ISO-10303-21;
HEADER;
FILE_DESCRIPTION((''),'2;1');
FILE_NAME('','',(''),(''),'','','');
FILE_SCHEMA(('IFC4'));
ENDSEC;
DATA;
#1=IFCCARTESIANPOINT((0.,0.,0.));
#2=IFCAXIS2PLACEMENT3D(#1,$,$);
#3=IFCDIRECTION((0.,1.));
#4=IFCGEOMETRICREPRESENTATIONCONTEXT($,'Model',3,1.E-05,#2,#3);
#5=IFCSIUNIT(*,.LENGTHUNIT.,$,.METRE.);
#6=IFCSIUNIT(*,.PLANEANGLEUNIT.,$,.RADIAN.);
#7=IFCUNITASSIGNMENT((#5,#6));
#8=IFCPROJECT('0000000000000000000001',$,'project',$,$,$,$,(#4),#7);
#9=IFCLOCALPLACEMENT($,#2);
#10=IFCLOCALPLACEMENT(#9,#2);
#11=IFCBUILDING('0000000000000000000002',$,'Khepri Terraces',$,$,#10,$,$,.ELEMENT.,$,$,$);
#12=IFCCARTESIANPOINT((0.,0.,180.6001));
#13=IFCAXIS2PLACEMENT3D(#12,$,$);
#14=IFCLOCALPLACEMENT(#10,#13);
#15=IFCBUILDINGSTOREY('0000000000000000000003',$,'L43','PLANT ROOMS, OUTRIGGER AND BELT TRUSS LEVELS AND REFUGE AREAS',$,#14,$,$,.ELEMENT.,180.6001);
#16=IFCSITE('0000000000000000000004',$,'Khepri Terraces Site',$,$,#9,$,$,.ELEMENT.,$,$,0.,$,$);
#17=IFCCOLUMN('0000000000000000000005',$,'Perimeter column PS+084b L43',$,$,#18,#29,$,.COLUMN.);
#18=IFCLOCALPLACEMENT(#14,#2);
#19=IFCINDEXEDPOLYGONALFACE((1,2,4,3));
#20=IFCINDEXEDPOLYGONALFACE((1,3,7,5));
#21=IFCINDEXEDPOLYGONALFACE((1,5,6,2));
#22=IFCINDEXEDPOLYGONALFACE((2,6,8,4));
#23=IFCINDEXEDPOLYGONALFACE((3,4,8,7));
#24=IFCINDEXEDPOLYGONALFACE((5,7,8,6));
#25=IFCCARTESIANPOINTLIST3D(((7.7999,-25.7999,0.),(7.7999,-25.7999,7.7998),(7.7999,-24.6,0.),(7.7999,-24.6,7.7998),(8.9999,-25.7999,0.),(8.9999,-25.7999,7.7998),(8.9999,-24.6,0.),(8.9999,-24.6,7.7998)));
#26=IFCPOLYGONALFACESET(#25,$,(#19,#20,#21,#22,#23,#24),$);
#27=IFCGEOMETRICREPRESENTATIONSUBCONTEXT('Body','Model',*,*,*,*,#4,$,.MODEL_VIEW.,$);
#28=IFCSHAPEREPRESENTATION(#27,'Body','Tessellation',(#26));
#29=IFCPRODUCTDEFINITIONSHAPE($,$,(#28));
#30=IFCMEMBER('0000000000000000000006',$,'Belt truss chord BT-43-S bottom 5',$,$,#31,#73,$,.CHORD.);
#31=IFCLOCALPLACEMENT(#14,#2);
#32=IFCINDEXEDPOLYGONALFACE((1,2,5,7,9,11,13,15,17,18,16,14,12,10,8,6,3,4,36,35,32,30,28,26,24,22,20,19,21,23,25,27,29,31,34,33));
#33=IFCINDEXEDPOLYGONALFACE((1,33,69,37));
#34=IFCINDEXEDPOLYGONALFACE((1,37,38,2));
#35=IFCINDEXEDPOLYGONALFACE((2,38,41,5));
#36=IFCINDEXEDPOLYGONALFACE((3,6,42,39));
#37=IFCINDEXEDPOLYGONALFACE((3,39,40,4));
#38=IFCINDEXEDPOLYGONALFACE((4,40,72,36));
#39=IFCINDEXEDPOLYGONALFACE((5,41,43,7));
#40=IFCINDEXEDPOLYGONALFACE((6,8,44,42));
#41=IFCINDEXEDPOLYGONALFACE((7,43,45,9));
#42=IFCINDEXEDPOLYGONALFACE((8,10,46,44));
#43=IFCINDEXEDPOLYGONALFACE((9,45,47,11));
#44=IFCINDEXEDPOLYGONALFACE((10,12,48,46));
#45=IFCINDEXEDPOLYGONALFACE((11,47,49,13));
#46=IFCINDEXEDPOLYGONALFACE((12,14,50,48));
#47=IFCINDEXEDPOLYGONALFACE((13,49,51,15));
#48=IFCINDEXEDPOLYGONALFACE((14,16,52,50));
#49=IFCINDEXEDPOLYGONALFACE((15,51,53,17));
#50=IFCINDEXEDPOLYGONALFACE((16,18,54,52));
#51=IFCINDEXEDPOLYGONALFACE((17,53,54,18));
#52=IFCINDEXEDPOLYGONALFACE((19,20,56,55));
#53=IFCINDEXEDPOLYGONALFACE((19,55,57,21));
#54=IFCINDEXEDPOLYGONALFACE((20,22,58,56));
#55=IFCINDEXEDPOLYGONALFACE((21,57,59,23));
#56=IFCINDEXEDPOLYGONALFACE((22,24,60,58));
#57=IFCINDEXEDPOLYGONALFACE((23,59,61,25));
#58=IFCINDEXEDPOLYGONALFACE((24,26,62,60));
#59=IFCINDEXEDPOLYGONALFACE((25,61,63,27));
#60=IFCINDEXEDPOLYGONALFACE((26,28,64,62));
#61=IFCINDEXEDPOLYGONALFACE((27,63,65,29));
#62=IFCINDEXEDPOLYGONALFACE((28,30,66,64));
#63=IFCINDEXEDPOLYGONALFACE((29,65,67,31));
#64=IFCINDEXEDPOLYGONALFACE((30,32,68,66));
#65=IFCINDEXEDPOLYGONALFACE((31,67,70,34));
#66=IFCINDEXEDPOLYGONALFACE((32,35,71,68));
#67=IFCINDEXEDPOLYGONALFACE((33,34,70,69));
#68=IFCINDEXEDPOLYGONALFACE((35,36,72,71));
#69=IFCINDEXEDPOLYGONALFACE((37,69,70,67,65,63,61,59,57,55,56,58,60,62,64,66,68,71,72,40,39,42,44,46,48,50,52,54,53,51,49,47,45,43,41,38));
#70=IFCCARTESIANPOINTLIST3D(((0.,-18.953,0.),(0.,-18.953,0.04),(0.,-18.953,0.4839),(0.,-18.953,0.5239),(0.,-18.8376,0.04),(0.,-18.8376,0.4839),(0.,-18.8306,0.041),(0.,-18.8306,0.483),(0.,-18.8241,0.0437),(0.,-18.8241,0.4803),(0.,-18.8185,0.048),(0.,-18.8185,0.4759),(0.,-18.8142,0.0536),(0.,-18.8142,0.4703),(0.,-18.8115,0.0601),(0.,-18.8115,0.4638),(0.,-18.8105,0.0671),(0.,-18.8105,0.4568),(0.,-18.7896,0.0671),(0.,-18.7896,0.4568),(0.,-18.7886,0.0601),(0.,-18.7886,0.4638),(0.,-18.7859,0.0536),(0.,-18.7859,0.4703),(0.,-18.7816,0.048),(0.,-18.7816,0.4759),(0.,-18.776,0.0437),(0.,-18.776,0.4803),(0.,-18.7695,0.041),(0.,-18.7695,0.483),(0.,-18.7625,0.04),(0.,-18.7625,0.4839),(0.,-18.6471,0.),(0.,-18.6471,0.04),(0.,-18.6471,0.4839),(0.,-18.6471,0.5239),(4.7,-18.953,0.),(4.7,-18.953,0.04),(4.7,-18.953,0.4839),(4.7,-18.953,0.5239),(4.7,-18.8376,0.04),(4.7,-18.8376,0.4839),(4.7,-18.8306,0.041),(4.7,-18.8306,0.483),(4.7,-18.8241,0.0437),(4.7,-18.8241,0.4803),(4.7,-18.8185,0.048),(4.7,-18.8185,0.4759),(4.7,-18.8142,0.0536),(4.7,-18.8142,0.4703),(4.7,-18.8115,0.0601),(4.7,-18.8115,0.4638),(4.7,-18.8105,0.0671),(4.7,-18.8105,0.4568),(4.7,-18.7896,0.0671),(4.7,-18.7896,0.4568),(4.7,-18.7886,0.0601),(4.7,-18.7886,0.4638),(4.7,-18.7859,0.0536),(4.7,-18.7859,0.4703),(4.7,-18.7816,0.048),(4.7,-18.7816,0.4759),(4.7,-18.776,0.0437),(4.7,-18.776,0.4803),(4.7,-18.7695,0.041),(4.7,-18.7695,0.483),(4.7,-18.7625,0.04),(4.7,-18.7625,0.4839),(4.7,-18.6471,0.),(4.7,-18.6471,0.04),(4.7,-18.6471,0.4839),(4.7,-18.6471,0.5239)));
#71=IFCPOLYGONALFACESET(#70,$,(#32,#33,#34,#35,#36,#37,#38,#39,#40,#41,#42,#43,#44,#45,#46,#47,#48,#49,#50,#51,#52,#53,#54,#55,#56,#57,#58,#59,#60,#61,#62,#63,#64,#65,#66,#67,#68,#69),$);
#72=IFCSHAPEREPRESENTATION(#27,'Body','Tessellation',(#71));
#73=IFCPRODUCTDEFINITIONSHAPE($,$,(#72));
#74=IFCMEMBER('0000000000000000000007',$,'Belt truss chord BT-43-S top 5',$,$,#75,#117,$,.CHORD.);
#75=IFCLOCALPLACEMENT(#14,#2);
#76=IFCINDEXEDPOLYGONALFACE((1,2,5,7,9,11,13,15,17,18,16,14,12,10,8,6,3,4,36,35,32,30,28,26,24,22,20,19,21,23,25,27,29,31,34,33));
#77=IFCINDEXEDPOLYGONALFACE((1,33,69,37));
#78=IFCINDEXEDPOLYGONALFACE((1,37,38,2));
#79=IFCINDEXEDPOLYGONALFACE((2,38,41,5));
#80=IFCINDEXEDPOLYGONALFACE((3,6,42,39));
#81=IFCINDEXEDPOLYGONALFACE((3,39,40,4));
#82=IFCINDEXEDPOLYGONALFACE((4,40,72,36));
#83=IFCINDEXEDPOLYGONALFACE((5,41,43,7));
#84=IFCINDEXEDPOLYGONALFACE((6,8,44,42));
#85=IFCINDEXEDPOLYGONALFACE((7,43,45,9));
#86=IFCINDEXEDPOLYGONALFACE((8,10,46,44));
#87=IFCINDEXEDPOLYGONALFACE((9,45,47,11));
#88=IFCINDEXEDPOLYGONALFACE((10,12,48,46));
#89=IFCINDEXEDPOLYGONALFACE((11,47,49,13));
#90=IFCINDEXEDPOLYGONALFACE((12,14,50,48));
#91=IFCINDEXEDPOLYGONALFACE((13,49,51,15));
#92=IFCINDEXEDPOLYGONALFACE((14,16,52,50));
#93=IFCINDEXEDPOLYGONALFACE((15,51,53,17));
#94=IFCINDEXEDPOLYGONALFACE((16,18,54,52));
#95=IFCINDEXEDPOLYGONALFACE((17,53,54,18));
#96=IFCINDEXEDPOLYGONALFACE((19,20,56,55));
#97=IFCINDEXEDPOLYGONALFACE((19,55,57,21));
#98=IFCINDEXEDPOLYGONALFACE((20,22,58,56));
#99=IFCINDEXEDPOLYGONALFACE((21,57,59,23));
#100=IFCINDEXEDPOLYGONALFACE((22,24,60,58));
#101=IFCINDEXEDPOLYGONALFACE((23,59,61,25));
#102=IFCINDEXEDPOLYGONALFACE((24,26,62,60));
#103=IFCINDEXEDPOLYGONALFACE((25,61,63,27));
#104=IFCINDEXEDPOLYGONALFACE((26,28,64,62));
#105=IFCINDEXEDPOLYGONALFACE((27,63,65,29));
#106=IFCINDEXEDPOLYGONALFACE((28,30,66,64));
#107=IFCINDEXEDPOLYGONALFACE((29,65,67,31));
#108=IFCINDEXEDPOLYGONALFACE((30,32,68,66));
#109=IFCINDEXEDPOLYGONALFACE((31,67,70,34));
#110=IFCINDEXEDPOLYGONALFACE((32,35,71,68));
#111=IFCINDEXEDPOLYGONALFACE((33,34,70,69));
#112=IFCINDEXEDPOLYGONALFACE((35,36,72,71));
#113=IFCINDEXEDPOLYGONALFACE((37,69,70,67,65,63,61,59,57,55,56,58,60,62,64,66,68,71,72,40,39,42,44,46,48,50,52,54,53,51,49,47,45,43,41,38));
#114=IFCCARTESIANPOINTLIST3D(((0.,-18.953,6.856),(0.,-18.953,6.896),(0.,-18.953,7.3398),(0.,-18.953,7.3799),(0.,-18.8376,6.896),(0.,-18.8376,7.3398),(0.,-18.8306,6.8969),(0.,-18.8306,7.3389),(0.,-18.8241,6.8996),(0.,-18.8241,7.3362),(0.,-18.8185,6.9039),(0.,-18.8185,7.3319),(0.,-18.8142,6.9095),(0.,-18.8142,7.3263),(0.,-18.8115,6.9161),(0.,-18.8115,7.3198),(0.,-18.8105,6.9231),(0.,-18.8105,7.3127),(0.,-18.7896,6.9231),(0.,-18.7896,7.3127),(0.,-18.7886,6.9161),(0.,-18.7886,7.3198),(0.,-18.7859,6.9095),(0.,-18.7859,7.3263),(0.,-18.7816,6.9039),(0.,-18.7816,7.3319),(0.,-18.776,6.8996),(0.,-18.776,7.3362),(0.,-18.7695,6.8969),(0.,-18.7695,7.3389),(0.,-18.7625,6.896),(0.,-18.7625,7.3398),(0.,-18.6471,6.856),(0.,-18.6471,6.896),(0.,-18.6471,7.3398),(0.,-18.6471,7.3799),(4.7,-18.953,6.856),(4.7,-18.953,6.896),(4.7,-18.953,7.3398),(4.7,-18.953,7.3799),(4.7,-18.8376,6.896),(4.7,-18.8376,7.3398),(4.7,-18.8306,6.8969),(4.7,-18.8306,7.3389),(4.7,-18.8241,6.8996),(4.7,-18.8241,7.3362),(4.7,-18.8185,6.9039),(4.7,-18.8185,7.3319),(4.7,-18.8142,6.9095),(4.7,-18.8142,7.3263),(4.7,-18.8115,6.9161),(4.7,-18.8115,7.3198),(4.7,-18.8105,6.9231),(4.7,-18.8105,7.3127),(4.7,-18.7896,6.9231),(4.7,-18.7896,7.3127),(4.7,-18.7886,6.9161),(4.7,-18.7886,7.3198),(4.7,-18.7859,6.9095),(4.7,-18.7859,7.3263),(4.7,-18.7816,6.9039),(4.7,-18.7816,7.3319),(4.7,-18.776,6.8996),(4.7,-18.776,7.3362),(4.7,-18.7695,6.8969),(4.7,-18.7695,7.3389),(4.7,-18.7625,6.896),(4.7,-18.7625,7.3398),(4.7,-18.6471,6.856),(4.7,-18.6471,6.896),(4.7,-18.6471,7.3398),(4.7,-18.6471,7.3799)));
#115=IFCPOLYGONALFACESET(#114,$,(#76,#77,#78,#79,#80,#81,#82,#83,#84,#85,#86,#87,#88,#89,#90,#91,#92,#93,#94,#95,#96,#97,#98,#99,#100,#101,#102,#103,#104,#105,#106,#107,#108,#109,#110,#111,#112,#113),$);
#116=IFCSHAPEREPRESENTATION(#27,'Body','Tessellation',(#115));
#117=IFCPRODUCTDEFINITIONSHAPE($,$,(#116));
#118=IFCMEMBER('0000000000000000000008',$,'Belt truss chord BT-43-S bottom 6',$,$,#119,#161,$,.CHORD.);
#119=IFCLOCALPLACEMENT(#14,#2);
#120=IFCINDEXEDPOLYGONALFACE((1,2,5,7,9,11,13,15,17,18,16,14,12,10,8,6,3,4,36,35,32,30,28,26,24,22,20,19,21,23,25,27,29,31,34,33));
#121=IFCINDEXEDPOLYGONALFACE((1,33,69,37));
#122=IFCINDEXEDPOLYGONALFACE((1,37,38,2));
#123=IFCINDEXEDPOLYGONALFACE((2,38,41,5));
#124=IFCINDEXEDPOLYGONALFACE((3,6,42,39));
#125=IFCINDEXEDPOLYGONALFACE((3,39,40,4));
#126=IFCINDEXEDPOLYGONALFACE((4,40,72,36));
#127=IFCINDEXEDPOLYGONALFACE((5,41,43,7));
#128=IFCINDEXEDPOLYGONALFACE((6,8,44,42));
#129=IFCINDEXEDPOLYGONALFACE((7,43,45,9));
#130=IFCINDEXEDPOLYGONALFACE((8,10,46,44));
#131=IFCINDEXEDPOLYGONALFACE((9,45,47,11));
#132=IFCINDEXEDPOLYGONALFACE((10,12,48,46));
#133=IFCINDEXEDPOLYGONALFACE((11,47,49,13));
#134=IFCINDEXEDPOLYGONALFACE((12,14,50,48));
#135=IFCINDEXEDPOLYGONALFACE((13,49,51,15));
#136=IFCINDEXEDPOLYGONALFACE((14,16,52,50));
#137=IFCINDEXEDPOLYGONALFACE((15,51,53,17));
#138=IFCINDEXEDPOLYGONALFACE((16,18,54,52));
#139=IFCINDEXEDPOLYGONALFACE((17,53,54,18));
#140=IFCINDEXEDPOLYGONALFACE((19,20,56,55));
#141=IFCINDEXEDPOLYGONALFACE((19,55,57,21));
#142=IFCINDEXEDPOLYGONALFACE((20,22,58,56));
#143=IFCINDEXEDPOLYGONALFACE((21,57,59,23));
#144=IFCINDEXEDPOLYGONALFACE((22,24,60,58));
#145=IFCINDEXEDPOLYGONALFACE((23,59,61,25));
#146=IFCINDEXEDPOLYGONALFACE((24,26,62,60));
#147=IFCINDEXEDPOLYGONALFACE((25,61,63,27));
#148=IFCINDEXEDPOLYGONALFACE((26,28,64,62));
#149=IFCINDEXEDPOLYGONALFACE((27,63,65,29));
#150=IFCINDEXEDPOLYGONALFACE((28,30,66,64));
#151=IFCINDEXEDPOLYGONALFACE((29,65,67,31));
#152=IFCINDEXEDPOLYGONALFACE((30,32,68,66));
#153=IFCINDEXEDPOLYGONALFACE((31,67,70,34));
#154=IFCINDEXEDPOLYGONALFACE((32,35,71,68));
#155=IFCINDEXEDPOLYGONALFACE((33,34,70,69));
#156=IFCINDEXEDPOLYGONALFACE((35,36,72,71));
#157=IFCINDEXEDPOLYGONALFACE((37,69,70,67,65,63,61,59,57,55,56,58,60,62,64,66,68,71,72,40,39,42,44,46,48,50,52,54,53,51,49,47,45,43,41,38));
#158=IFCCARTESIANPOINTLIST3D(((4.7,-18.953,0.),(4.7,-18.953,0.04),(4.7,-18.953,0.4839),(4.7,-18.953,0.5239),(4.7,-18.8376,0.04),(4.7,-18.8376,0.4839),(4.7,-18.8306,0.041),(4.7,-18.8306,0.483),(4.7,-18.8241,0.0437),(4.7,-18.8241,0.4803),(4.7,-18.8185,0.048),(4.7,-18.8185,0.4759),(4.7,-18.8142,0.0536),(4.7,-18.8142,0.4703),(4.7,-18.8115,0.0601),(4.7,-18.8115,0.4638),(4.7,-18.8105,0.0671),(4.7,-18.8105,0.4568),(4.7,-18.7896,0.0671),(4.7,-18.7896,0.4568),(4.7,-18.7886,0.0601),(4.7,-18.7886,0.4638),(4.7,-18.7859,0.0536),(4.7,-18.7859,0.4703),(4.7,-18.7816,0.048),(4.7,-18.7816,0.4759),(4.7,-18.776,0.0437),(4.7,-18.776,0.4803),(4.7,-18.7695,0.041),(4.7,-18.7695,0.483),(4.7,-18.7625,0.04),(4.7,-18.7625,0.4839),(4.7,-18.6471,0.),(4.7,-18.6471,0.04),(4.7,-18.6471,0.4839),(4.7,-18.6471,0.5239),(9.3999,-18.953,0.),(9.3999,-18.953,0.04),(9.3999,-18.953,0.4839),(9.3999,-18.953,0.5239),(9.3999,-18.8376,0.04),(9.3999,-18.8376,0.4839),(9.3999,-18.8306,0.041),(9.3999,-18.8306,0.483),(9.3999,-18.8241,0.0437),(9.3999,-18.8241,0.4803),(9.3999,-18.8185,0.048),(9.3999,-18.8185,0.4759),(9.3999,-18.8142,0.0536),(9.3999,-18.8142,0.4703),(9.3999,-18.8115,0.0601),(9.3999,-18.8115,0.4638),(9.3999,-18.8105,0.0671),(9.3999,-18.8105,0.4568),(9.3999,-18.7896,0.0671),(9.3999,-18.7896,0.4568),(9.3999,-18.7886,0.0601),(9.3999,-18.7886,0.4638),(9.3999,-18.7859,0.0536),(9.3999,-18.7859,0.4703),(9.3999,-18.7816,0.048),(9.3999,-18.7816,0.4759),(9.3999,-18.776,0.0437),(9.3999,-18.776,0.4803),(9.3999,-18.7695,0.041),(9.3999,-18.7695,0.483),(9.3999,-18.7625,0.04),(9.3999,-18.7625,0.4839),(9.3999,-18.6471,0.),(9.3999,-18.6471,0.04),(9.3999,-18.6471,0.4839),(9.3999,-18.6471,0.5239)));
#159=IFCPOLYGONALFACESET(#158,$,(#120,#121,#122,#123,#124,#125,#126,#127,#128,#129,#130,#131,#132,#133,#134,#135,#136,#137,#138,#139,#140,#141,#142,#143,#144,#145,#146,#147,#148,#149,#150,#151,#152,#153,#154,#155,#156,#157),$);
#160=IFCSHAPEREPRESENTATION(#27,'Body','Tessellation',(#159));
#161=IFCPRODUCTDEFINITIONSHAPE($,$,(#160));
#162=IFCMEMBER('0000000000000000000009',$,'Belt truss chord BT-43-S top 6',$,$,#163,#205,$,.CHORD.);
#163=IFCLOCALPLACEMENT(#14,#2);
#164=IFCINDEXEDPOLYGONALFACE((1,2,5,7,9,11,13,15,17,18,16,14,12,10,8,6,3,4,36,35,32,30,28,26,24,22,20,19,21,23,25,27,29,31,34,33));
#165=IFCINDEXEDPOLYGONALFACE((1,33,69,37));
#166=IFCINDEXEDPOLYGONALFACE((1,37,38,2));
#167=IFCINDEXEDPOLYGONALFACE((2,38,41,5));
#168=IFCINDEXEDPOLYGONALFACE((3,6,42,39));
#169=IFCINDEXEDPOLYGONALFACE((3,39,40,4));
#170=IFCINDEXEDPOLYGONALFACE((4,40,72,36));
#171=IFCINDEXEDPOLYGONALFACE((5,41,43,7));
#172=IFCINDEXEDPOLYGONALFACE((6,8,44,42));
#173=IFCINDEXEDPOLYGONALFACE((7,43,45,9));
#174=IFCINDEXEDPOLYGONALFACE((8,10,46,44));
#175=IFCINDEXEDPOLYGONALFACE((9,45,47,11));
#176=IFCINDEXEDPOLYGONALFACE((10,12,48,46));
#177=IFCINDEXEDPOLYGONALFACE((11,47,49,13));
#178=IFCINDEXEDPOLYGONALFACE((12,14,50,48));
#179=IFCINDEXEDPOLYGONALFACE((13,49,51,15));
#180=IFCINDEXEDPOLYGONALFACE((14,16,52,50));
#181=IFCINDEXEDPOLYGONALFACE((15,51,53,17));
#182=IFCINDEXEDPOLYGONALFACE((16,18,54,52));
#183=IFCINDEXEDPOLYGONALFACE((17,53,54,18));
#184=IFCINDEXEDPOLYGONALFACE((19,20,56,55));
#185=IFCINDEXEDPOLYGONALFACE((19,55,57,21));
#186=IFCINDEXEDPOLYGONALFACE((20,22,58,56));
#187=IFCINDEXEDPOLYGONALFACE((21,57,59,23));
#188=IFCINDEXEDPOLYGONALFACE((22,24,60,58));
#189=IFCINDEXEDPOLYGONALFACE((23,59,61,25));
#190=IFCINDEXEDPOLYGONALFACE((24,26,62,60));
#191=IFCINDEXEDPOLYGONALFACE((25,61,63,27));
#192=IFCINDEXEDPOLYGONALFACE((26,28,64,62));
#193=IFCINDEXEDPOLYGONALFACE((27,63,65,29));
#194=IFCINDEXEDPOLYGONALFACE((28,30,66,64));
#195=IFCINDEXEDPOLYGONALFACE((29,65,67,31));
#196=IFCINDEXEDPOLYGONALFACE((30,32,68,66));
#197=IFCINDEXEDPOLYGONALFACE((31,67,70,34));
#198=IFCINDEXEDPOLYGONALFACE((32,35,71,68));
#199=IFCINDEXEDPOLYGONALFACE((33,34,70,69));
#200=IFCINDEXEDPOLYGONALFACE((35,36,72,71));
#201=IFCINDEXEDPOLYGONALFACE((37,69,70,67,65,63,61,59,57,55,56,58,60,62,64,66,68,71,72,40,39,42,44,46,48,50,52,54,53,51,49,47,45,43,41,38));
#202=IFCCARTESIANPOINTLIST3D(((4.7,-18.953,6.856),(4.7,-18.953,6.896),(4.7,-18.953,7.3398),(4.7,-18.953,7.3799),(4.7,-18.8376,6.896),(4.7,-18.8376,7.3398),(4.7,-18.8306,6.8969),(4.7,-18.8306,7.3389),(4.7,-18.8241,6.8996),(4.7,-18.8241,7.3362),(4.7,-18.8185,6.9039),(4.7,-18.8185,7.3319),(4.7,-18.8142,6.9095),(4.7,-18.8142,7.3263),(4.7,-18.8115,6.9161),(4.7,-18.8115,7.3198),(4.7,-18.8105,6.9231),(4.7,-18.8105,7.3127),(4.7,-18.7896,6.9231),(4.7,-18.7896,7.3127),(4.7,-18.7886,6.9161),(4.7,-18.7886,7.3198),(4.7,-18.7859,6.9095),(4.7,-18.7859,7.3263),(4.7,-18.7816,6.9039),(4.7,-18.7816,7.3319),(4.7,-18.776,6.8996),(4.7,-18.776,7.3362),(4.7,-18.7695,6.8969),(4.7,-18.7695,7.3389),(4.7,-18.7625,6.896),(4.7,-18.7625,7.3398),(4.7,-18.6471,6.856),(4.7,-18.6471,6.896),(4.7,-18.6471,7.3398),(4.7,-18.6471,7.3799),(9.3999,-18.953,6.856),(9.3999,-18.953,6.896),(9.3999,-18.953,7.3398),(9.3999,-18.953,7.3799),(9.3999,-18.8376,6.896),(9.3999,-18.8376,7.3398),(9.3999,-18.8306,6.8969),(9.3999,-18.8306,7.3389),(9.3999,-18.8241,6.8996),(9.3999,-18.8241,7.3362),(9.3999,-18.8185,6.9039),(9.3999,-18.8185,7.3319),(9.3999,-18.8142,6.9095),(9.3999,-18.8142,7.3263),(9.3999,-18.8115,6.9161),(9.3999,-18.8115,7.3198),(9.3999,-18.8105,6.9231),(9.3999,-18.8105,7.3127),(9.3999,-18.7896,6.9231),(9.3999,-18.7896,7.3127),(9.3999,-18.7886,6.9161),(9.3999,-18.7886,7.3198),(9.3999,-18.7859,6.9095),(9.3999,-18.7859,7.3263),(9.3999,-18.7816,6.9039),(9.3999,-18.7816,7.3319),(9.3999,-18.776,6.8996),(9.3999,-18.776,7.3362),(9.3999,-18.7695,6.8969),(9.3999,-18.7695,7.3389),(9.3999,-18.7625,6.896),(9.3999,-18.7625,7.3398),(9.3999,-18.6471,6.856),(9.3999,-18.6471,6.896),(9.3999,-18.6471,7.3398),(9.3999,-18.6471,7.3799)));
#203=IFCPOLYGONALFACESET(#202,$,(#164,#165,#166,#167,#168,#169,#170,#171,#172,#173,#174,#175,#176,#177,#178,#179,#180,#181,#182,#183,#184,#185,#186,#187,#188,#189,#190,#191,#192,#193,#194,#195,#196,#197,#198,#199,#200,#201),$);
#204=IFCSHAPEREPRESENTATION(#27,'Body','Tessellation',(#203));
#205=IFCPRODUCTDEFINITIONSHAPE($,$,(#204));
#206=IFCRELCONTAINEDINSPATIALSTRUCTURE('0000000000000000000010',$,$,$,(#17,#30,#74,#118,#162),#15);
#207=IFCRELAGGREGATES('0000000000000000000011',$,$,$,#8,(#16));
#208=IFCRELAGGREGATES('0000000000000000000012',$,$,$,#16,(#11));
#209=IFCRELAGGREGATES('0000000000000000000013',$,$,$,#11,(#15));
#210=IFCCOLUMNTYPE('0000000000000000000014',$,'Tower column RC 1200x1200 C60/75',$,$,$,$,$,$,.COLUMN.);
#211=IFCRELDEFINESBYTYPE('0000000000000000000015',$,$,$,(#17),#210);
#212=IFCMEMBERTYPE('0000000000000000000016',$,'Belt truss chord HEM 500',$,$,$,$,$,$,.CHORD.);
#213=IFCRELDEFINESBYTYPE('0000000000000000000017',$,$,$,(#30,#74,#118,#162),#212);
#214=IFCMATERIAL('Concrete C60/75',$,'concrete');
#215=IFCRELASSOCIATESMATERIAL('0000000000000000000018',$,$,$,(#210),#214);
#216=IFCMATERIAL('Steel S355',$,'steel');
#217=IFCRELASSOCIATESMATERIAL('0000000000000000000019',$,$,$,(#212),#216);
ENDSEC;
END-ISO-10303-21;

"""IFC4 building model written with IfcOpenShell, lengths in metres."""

from ifc_helpers import new_model, si_unit, direction, frame, origin, origin_2d, place, context, subcontext, project, spatial, rectangle, i_section, extrude, material, material_profile, profile_set, type_object, element, save


model = new_model("IFC4")

# Units and contexts
model_context = context("Model", 3, precision=1e-05, world=origin(), true_north=direction((0.0, 1.0)))
body_context = subcontext(model_context, "Body", "Model", "MODEL_VIEW")
ifc_project = project(units=[si_unit("LENGTHUNIT", "METRE"), si_unit("PLANEANGLEUNIT", "RADIAN")], contexts=[model_context])

# Site, building, storey
site_placement = place(None, origin())
site = spatial("IfcSite", under=ifc_project, at=site_placement, Name="Khepri Terraces Site", CompositionType="ELEMENT", RefElevation=0.0)
building_placement = place(site_placement, origin())
building = spatial("IfcBuilding", under=site, at=building_placement, Name="Khepri Terraces", CompositionType="ELEMENT")
storey_placement = place(building_placement, frame((0.0, 0.0, 180.6001)))
storey = spatial("IfcBuildingStorey", under=building, at=storey_placement, Name="L43", Description="PLANT ROOMS, OUTRIGGER AND BELT TRUSS LEVELS AND REFUGE AREAS", CompositionType="ELEMENT", Elevation=180.6001)

# Column
ifc_material_1 = material(Name="Concrete C60/75", Category="concrete")
ifc_material_profile_1 = material_profile(ifc_material_1, rectangle(XDim=1.2, YDim=1.2, at=origin_2d()), Name="Concrete C60/75", Category="concrete")
ifc_profile_set_1 = profile_set([ifc_material_profile_1], Name="Concrete C60/75")
column_type = type_object("IfcColumnType", Name="Tower column RC 1200x1200 C60/75", PredefinedType="COLUMN", material=ifc_profile_set_1)
column_placement = place(storey_placement, frame((8.3999, -25.2, 0.0), z_axis=(0.0, 0.0, 1.0), x_axis=(1.0, 0.0, 0.0)))
element("IfcColumn", 1, at=column_placement, inside=storey, type_object=column_type, Name="Perimeter column PS+084b L43", PredefinedType="COLUMN", context=body_context, shape_type="SweptSolid", body=[
    extrude(rectangle(XDim=1.2, YDim=1.2, at=origin_2d()), origin(), (0.0, 0.0, 1.0), 7.7998),
])

# Members
ifc_material_2 = material(Name="Steel S355", Category="steel")
ifc_material_profile_2 = material_profile(ifc_material_2, i_section(OverallWidth=0.3059, OverallDepth=0.5239, WebThickness=0.021, FlangeThickness=0.04, FilletRadius=0.0271, at=origin_2d()), Name="Steel S355", Category="steel")
ifc_profile_set_2 = profile_set([ifc_material_profile_2], Name="Steel S355")
member_type_1 = type_object("IfcMemberType", Name="Belt truss chord HEM 500", PredefinedType="CHORD", material=ifc_profile_set_2)
for number, where, z_axis, x_axis, name in (
    (2, (0.0, -18.8, 0.262), (1.0, 0.0, 0.0), (0.0, 1.0, 0.0), "Belt truss chord BT-43-S bottom 5"),
    (3, (0.0, -18.8, 7.1179), (1.0, 0.0, 0.0), (0.0, 1.0, 0.0), "Belt truss chord BT-43-S top 5"),
    (4, (4.7, -18.8, 0.262), (1.0, 0.0, 0.0), (0.0, 1.0, 0.0), "Belt truss chord BT-43-S bottom 6"),
    (5, (4.7, -18.8, 7.1179), (1.0, 0.0, 0.0), (0.0, 1.0, 0.0), "Belt truss chord BT-43-S top 6"),
):
    element("IfcMember", number, at=place(storey_placement, frame(where, z_axis=z_axis, x_axis=x_axis)), inside=storey, type_object=member_type_1, Name=name, PredefinedType="CHORD", context=body_context, shape_type="SweptSolid", body=[
        extrude(i_section(OverallWidth=0.3059, OverallDepth=0.5239, WebThickness=0.021, FlangeThickness=0.04, FilletRadius=0.0271, at=origin_2d()), origin(), (0.0, 0.0, 1.0), 4.7),
    ])

save(model, "model.ifc")
